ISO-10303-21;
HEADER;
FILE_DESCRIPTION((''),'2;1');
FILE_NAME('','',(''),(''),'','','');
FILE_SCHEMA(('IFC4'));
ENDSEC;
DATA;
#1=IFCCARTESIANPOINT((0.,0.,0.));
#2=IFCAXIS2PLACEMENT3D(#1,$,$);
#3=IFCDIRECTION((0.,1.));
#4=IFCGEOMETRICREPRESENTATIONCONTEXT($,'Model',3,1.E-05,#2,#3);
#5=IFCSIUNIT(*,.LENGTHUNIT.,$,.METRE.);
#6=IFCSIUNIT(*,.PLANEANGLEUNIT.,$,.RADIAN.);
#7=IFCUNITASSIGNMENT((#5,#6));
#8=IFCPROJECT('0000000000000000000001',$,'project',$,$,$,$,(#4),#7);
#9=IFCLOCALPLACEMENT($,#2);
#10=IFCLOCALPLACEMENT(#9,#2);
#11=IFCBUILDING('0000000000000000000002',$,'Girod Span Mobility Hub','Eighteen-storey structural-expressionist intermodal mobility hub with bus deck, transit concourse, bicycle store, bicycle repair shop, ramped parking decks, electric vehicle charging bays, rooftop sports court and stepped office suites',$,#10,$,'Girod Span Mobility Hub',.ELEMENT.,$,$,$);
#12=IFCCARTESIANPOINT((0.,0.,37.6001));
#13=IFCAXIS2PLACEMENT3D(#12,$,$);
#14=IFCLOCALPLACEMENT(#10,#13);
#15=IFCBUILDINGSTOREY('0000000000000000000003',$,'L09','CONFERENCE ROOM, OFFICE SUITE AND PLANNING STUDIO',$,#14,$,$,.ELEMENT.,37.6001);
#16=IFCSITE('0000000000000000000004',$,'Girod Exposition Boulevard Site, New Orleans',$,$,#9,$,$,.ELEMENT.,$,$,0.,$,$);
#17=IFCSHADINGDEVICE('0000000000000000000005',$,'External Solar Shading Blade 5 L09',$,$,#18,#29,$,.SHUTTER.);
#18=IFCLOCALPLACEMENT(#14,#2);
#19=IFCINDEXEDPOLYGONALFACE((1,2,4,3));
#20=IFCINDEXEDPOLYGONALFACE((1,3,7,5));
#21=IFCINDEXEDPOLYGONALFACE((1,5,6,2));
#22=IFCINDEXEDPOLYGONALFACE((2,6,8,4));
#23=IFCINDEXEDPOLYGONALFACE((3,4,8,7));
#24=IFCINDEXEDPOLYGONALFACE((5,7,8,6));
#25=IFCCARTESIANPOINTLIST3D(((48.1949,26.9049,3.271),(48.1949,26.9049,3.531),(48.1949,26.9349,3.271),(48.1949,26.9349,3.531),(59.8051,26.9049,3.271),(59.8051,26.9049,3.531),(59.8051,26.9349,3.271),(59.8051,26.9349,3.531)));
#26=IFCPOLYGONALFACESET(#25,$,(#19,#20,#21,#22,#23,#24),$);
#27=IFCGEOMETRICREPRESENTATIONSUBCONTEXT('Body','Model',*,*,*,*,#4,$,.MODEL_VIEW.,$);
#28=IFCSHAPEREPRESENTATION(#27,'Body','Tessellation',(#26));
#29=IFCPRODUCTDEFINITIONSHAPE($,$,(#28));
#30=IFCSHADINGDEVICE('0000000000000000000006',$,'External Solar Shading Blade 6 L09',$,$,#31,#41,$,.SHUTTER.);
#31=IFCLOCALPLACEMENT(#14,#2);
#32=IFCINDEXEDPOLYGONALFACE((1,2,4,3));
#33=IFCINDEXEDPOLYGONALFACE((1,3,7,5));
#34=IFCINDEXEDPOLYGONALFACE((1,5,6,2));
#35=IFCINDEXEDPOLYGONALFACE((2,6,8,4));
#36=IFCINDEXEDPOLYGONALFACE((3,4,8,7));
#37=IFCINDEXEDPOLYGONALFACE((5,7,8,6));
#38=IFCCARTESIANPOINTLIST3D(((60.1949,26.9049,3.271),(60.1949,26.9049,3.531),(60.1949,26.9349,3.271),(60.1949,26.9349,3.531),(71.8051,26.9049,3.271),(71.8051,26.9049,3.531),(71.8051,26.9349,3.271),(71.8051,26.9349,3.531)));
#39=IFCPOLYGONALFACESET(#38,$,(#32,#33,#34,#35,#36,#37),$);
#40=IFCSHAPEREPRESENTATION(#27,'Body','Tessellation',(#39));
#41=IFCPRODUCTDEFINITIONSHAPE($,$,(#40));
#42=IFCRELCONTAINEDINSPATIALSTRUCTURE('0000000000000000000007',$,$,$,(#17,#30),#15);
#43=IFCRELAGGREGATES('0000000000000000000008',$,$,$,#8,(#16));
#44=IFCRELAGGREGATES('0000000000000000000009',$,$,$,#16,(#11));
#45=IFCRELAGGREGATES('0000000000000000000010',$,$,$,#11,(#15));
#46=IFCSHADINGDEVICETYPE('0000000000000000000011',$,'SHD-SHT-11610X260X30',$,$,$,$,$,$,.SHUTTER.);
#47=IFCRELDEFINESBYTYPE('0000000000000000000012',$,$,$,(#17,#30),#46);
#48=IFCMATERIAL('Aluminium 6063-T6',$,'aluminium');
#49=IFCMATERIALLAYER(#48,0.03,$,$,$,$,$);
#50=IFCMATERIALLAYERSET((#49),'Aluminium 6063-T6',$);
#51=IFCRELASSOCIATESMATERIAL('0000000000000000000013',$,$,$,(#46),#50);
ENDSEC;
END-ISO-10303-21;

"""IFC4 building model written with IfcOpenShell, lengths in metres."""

from ifc_helpers import new_model, si_unit, direction, frame, origin, origin_2d, place, context, subcontext, project, spatial, rectangle, extrude, material, layer, layer_set, type_object, element, save


model = new_model("IFC4")

# Units and contexts
model_context = context("Model", 3, precision=1e-05, world=origin(), true_north=direction((0.0, 1.0)))
body_context = subcontext(model_context, "Body", "Model", "MODEL_VIEW")
ifc_project = project(units=[si_unit("LENGTHUNIT", "METRE"), si_unit("PLANEANGLEUNIT", "RADIAN")], contexts=[model_context])

# Site, building, storey
site_placement = place(None, origin())
site = spatial("IfcSite", under=ifc_project, at=site_placement, Name="Girod Exposition Boulevard Site, New Orleans", CompositionType="ELEMENT", RefElevation=0.0)
building_placement = place(site_placement, origin())
building = spatial("IfcBuilding", under=site, at=building_placement, Name="Girod Span Mobility Hub", Description="Eighteen-storey structural-expressionist intermodal mobility hub with bus deck, transit concourse, bicycle store, bicycle repair shop, ramped parking decks, electric vehicle charging bays, rooftop sports court and stepped office suites", LongName="Girod Span Mobility Hub", CompositionType="ELEMENT")
storey_placement = place(building_placement, frame((0.0, 0.0, 37.6001)))
storey = spatial("IfcBuildingStorey", under=building, at=storey_placement, Name="L09", Description="CONFERENCE ROOM, OFFICE SUITE AND PLANNING STUDIO", CompositionType="ELEMENT", Elevation=37.6001)

# Shading devices
ifc_material_1 = material(Name="Aluminium 6063-T6", Category="aluminium")
ifc_layer_1 = layer(ifc_material_1, 0.03)
ifc_layer_set_1 = layer_set([ifc_layer_1], Name="Aluminium 6063-T6")
shading_device_type = type_object("IfcShadingDeviceType", Name="SHD-SHT-11610X260X30", PredefinedType="SHUTTER", material=ifc_layer_set_1)
for number, where, z_axis, x_axis, name in (
    (1, (54.0, 26.9199, 3.271), (0.0, 0.0, 1.0), (1.0, 0.0, 0.0), "External Solar Shading Blade 5 L09"),
    (2, (66.0, 26.9199, 3.271), (0.0, 0.0, 1.0), (1.0, 0.0, 0.0), "External Solar Shading Blade 6 L09"),
):
    element("IfcShadingDevice", number, at=place(storey_placement, frame(where, z_axis=z_axis, x_axis=x_axis)), inside=storey, type_object=shading_device_type, Name=name, PredefinedType="SHUTTER", context=body_context, shape_type="SweptSolid", body=[
        extrude(rectangle(XDim=11.6101, YDim=0.03, at=origin_2d()), origin(), (0.0, 0.0, 1.0), 0.26),
    ])

save(model, "model.ifc")
